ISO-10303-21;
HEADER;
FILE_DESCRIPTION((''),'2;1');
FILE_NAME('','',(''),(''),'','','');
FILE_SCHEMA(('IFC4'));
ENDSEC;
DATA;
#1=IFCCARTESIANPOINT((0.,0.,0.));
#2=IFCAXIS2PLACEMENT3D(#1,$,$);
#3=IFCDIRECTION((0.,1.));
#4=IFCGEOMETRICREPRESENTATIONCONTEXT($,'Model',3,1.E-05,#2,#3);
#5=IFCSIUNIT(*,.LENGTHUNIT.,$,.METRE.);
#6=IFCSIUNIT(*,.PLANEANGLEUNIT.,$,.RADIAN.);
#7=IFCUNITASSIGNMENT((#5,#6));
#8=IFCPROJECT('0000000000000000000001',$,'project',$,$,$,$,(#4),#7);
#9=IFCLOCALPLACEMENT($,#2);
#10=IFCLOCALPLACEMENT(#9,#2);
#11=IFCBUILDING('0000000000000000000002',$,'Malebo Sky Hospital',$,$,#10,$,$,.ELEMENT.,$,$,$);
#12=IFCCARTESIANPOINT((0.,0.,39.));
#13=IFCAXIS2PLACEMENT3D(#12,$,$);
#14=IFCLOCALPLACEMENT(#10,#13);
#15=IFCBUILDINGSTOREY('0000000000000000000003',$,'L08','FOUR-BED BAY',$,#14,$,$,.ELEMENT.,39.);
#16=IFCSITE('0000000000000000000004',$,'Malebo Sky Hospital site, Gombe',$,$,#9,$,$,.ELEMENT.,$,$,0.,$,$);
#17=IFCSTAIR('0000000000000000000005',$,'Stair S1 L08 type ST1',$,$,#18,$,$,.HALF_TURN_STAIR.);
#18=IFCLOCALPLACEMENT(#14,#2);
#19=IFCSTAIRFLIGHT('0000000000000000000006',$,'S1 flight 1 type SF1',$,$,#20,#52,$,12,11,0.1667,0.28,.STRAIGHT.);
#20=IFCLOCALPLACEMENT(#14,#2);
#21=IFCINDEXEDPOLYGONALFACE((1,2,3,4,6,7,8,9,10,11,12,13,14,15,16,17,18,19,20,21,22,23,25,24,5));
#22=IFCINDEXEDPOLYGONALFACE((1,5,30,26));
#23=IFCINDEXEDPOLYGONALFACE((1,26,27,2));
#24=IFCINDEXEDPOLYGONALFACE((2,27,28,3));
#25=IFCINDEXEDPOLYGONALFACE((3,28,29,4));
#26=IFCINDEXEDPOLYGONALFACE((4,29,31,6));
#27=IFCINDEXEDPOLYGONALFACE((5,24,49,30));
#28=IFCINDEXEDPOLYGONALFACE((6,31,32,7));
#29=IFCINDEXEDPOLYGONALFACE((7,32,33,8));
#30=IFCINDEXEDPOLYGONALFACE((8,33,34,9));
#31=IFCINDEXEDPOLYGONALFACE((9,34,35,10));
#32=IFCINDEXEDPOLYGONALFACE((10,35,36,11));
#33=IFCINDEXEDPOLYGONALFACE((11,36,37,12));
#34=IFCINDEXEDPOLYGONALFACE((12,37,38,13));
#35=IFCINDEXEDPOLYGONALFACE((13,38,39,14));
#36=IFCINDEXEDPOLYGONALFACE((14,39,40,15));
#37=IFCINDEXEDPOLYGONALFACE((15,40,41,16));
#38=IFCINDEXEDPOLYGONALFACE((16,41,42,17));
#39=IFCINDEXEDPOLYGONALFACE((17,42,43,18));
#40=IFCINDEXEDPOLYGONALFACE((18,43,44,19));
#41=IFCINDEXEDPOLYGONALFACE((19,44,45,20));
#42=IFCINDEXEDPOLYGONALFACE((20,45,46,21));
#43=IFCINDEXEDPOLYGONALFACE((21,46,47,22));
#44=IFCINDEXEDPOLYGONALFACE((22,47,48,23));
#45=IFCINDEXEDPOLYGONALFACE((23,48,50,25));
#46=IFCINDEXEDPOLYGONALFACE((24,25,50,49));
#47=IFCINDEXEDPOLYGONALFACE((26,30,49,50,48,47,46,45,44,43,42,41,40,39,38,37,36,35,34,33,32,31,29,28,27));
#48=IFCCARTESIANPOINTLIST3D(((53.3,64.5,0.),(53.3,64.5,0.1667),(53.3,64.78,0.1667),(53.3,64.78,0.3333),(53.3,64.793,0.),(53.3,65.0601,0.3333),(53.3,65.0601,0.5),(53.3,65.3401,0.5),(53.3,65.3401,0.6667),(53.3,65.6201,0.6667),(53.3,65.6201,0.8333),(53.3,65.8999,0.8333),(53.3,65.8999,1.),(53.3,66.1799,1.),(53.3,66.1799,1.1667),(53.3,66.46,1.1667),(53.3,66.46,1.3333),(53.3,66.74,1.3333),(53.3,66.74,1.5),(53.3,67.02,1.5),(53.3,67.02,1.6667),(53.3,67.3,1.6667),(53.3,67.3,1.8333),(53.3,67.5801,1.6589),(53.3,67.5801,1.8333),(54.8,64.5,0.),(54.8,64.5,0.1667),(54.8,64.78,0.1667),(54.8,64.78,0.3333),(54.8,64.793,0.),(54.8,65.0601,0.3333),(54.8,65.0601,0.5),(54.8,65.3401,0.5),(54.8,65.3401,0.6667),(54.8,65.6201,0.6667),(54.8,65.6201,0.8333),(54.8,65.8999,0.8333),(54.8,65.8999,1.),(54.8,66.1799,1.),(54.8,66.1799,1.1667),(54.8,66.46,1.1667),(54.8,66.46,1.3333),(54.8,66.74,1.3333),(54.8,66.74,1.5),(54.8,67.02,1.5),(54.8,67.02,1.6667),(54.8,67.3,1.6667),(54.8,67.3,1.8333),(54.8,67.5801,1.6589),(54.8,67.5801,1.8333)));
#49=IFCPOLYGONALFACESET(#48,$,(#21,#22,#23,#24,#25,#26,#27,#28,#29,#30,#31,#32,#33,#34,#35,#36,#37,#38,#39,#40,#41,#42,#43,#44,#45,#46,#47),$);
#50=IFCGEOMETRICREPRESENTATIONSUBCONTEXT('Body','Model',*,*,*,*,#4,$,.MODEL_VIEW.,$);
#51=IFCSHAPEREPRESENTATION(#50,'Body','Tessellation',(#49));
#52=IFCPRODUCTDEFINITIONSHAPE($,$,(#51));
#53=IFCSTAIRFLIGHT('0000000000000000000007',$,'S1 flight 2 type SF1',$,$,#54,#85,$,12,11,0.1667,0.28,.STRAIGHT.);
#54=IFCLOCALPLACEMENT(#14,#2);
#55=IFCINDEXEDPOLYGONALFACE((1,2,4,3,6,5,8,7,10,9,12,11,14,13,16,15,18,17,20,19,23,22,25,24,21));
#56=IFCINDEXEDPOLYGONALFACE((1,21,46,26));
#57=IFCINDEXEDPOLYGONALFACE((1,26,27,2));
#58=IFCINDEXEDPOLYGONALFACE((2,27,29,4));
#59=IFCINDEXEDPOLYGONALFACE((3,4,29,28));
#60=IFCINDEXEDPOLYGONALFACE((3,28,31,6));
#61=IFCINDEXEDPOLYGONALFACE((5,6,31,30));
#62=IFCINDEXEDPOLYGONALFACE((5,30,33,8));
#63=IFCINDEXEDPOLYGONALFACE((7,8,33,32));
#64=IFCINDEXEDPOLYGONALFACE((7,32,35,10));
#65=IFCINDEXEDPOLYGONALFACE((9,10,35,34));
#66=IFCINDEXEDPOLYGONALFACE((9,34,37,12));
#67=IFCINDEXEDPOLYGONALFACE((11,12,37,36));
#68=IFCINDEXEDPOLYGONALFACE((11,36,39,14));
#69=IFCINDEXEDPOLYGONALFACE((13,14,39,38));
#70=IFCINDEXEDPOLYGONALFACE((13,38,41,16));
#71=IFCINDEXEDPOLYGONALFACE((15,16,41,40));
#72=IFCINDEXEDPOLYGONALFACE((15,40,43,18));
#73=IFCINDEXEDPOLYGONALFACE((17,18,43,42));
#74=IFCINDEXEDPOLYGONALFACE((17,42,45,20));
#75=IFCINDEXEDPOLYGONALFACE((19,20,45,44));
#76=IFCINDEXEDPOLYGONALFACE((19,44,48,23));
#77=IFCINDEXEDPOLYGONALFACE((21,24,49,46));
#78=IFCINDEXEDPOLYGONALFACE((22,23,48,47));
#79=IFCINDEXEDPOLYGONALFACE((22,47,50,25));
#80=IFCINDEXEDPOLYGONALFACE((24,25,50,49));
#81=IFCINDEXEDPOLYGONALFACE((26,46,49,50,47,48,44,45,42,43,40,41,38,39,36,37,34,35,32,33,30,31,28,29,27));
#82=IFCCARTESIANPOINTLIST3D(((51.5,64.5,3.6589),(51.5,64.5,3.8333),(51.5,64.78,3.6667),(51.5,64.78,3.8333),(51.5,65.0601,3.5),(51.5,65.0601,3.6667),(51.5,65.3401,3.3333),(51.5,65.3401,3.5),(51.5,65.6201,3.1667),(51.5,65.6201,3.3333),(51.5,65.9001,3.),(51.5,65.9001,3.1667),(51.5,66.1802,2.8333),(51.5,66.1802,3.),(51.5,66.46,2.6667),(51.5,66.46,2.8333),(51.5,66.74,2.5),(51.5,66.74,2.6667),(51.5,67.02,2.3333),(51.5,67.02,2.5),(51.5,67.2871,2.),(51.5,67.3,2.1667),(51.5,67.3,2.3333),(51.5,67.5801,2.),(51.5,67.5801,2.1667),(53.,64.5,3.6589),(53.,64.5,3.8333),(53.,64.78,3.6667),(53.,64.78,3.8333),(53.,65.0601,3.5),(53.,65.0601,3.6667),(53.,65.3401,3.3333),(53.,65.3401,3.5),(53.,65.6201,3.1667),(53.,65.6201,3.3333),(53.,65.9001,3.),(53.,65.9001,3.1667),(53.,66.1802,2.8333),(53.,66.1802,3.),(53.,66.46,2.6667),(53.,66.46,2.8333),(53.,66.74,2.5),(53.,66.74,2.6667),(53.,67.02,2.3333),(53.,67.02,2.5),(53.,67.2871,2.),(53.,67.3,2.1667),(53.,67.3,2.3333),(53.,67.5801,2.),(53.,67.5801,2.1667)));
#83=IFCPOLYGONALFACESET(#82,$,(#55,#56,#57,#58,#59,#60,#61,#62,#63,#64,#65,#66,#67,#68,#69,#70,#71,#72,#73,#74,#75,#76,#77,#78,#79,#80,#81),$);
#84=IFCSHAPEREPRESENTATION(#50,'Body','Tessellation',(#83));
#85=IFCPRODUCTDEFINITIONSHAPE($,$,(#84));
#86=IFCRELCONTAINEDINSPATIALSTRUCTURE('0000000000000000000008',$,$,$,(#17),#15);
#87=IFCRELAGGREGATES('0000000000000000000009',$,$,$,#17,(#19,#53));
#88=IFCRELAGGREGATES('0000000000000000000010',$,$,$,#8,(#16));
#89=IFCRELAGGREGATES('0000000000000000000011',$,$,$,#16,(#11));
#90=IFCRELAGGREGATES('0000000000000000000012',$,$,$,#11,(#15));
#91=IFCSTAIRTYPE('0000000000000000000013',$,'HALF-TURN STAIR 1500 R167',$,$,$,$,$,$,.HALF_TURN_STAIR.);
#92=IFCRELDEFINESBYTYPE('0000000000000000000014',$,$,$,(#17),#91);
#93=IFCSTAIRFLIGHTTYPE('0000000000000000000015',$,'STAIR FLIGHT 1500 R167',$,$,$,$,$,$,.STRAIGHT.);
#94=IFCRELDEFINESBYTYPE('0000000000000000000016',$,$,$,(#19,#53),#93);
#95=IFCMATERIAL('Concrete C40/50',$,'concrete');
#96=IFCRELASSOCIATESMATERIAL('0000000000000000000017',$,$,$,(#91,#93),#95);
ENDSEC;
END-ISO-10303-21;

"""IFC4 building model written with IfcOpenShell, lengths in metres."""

from ifc_helpers import new_model, si_unit, direction, frame, origin, place, context, subcontext, project, spatial, polyline, outline, extrude, material, type_object, element, aggregate, save


model = new_model("IFC4")

# Units and contexts
model_context = context("Model", 3, precision=1e-05, world=origin(), true_north=direction((0.0, 1.0)))
body_context = subcontext(model_context, "Body", "Model", "MODEL_VIEW")
ifc_project = project(units=[si_unit("LENGTHUNIT", "METRE"), si_unit("PLANEANGLEUNIT", "RADIAN")], contexts=[model_context])

# Site, building, storey
site_placement = place(None, origin())
site = spatial("IfcSite", under=ifc_project, at=site_placement, Name="Malebo Sky Hospital site, Gombe", CompositionType="ELEMENT", RefElevation=0.0)
building_placement = place(site_placement, origin())
building = spatial("IfcBuilding", under=site, at=building_placement, Name="Malebo Sky Hospital", CompositionType="ELEMENT")
storey_placement = place(building_placement, frame((0.0, 0.0, 39.0)))
storey = spatial("IfcBuildingStorey", under=building, at=storey_placement, Name="L08", Description="FOUR-BED BAY", CompositionType="ELEMENT", Elevation=39.0)

# Stair, stair flights
ifc_material_1 = material(Name="Concrete C40/50", Category="concrete")
stair_type = type_object("IfcStairType", Name="HALF-TURN STAIR 1500 R167", PredefinedType="HALF_TURN_STAIR", material=ifc_material_1)
stair_placement = place(storey_placement, origin())
stair = element("IfcStair", 1, at=stair_placement, inside=storey, type_object=stair_type, Name="Stair S1 L08 type ST1", PredefinedType="HALF_TURN_STAIR")
stair_flight_type = type_object("IfcStairFlightType", Name="STAIR FLIGHT 1500 R167", PredefinedType="STRAIGHT", material=ifc_material_1)
stair_flight_1_placement = place(storey_placement, frame((54.05, 64.5, 0.0), z_axis=(0.0, 0.0, 1.0), x_axis=(0.0, 1.0, 0.0)))
stair_flight_1 = element("IfcStairFlight", 2, at=stair_flight_1_placement, type_object=stair_flight_type, Name="S1 flight 1 type SF1", NumberOfRisers=12, NumberOfTreads=11, PredefinedType="STRAIGHT", RiserHeight=0.1667, TreadLength=0.28, context=body_context, shape_type="SweptSolid", body=[
    extrude(outline(polyline([(0.0, 0.0), (0.0, 0.1667), (0.28, 0.1667), (0.28, 0.3333), (0.5601, 0.3333), (0.5601, 0.5), (0.8401, 0.5), (0.8401, 0.6667), (1.1201, 0.6667), (1.1201, 0.8333), (1.3999, 0.8333), (1.3999, 1.0), (1.6799, 1.0), (1.6799, 1.1667), (1.96, 1.1667), (1.96, 1.3333), (2.24, 1.3333), (2.24, 1.5), (2.52, 1.5), (2.52, 1.6667), (2.8, 1.6667), (2.8, 1.8333), (3.0801, 1.8333), (3.0801, 2.0), (3.0801, 1.6589), (0.293, 0.0), (0.0, 0.0)])), frame((0.0, 0.75, 0.0), z_axis=(0.0, -1.0, 0.0), x_axis=(1.0, 0.0, 0.0)), (0.0, 0.0, 1.0), 1.5),
])
stair_flight_2_placement = place(storey_placement, frame((52.25, 67.5801, 2.0), z_axis=(0.0, 0.0, 1.0), x_axis=(0.0, -1.0, 0.0)))
stair_flight_2 = element("IfcStairFlight", 3, at=stair_flight_2_placement, type_object=stair_flight_type, Name="S1 flight 2 type SF1", NumberOfRisers=12, NumberOfTreads=11, PredefinedType="STRAIGHT", RiserHeight=0.1667, TreadLength=0.28, context=body_context, shape_type="SweptSolid", body=[
    extrude(outline(polyline([(0.0, 0.0), (0.0, 0.1667), (0.28, 0.1667), (0.28, 0.3333), (0.5601, 0.3333), (0.5601, 0.5), (0.8401, 0.5), (0.8401, 0.6667), (1.1201, 0.6667), (1.1201, 0.8333), (1.3999, 0.8333), (1.3999, 1.0), (1.6799, 1.0), (1.6799, 1.1667), (1.96, 1.1667), (1.96, 1.3333), (2.24, 1.3333), (2.24, 1.5), (2.52, 1.5), (2.52, 1.6667), (2.8, 1.6667), (2.8, 1.8333), (3.0801, 1.8333), (3.0801, 2.0), (3.0801, 1.6589), (0.293, 0.0), (0.0, 0.0)])), frame((0.0, 0.75, 0.0), z_axis=(0.0, -1.0, 0.0), x_axis=(1.0, 0.0, 0.0)), (0.0, 0.0, 1.0), 1.5),
])
aggregate(stair, [stair_flight_1, stair_flight_2])

save(model, "model.ifc")
